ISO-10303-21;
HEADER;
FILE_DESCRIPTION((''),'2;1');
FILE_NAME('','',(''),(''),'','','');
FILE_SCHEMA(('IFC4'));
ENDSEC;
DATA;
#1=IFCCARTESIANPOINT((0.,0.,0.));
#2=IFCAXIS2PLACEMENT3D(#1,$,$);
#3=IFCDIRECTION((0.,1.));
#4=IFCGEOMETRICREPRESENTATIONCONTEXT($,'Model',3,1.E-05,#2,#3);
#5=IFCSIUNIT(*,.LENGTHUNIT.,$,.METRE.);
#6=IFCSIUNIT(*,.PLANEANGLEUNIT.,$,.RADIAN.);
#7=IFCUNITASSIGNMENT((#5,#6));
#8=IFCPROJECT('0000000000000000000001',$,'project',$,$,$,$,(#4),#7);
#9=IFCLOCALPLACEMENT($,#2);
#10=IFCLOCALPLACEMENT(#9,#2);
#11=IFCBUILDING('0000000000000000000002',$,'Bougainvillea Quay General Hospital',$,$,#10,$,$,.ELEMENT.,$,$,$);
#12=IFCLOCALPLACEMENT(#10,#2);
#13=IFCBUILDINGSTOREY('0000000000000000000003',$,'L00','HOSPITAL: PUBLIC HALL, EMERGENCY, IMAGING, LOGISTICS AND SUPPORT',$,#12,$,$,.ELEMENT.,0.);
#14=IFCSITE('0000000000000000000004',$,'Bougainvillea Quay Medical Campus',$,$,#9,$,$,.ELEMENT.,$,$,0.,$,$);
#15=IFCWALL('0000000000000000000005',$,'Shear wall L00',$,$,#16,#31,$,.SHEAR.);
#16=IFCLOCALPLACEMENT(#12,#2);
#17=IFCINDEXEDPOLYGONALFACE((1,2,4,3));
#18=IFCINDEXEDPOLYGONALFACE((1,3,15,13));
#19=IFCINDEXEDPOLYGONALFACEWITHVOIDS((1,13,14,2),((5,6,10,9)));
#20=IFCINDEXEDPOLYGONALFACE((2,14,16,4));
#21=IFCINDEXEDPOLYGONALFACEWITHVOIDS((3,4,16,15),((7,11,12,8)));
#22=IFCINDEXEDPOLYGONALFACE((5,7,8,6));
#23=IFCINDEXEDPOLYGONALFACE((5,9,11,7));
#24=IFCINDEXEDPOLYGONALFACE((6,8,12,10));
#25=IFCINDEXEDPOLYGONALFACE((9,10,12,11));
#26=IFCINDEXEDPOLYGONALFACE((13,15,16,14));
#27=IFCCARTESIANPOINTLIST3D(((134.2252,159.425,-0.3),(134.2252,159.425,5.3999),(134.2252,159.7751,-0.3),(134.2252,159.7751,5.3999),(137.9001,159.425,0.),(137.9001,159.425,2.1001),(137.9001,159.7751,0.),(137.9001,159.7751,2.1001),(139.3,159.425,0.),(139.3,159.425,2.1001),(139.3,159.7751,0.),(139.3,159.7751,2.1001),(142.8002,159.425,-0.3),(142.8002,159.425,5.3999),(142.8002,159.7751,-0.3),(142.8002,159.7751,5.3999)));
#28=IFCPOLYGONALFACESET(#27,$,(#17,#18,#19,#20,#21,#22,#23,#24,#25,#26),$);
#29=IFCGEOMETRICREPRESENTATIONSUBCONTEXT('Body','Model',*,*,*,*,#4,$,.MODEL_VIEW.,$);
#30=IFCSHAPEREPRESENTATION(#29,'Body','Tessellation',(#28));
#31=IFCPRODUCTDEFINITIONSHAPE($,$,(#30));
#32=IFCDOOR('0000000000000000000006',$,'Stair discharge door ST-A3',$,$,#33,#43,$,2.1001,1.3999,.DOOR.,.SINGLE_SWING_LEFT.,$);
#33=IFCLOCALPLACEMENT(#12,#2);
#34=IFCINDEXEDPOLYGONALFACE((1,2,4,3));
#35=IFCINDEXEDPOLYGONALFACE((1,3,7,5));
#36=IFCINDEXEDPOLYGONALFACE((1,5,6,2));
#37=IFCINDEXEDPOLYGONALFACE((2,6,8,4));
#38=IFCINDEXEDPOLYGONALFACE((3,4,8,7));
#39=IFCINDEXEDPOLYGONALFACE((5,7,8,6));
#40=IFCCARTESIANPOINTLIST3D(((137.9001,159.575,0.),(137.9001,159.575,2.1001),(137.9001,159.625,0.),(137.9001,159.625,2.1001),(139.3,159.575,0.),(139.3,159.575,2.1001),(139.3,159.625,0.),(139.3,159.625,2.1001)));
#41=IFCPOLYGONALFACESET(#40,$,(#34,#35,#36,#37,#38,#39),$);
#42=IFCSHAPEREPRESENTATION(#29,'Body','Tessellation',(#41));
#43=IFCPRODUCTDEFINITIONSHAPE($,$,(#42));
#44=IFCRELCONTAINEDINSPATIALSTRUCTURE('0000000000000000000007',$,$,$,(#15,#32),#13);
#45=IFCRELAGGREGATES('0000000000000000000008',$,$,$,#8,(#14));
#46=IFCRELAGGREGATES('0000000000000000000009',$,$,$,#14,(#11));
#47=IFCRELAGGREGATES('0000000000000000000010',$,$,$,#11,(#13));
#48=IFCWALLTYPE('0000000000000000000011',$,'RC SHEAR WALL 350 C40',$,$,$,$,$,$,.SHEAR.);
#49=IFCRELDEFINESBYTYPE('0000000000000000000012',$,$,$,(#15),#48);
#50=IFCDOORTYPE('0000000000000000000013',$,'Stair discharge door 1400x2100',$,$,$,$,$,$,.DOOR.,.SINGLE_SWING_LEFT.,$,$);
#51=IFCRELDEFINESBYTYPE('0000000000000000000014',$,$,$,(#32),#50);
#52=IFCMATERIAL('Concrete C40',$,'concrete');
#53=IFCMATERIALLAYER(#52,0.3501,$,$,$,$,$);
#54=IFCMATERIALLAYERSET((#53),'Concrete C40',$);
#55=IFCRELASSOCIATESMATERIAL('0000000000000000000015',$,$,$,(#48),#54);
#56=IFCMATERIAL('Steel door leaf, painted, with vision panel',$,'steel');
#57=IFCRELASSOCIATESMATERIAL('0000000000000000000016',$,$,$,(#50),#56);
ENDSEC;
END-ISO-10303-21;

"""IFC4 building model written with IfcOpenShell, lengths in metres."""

from ifc_helpers import new_model, si_unit, direction, frame, frame_2d, origin, place, context, subcontext, project, spatial, rectangle, extrude, material, layer, layer_set, type_object, element, fill, save


model = new_model("IFC4")

# Units and contexts
model_context = context("Model", 3, precision=1e-05, world=origin(), true_north=direction((0.0, 1.0)))
body_context = subcontext(model_context, "Body", "Model", "MODEL_VIEW")
ifc_project = project(units=[si_unit("LENGTHUNIT", "METRE"), si_unit("PLANEANGLEUNIT", "RADIAN")], contexts=[model_context])

# Site, building, storey
site_placement = place(None, origin())
site = spatial("IfcSite", under=ifc_project, at=site_placement, Name="Bougainvillea Quay Medical Campus", CompositionType="ELEMENT", RefElevation=0.0)
building_placement = place(site_placement, origin())
building = spatial("IfcBuilding", under=site, at=building_placement, Name="Bougainvillea Quay General Hospital", CompositionType="ELEMENT")
storey_placement = place(building_placement, origin())
storey = spatial("IfcBuildingStorey", under=building, at=storey_placement, Name="L00", Description="HOSPITAL: PUBLIC HALL, EMERGENCY, IMAGING, LOGISTICS AND SUPPORT", CompositionType="ELEMENT", Elevation=0.0)

# Shared definitions
ifc_material_1 = material(Name="Concrete C40", Category="concrete")

# Wall, opening, door
ifc_layer_1 = layer(ifc_material_1, 0.3501)
ifc_layer_set_1 = layer_set([ifc_layer_1], Name="Concrete C40")
wall_type_1 = type_object("IfcWallType", Name="RC SHEAR WALL 350 C40", PredefinedType="SHEAR", material=ifc_layer_set_1)
wall_1_placement = place(storey_placement, frame((134.2251, 159.6001, -0.3), z_axis=(0.0, 0.0, 1.0), x_axis=(1.0, 0.0, 0.0)))
wall_1 = element("IfcWall", 1, at=wall_1_placement, inside=storey, type_object=wall_type_1, Name="Shear wall L00", PredefinedType="SHEAR", context=body_context, shape_type="SweptSolid", body=[
    extrude(rectangle(XDim=8.575, YDim=0.3501, at=frame_2d((4.2876, 0.0))), origin(), (0.0, 0.0, 1.0), 5.7),
])
opening_1_placement = place(wall_1_placement, frame((3.675, 0.0, 0.3)))
opening_1 = element("IfcOpeningElement", 2, at=opening_1_placement, cuts=wall_1, PredefinedType="OPENING", context=body_context, shape_type="SweptSolid", body=[
    extrude(rectangle(XDim=1.3999, YDim=2.1001, at=frame_2d((0.7, 1.05))), frame((0.0, 0.1851, 0.0), z_axis=(0.0, -1.0, 0.0), x_axis=(1.0, 0.0, 0.0)), (0.0, 0.0, 1.0), 0.3701),
])
ifc_material_2 = material(Name="Steel door leaf, painted, with vision panel", Category="steel")
door_type_1 = type_object("IfcDoorType", Name="Stair discharge door 1400x2100", OperationType="SINGLE_SWING_LEFT", PredefinedType="DOOR", material=ifc_material_2)
door_1_placement = place(opening_1_placement, origin())
door_1 = element("IfcDoor", 3, at=door_1_placement, inside=storey, type_object=door_type_1, Name="Stair discharge door ST-A3", OperationType="SINGLE_SWING_LEFT", OverallHeight=2.1001, OverallWidth=1.3999, PredefinedType="DOOR", context=body_context, shape_type="SweptSolid", body=[
    extrude(rectangle(XDim=1.3999, YDim=2.1001, at=frame_2d((0.7, 1.05))), frame((0.0, 0.0249, 0.0), z_axis=(0.0, -1.0, 0.0), x_axis=(1.0, 0.0, 0.0)), (0.0, 0.0, 1.0), 0.05),
])
fill(opening_1, door_1)

save(model, "model.ifc")
